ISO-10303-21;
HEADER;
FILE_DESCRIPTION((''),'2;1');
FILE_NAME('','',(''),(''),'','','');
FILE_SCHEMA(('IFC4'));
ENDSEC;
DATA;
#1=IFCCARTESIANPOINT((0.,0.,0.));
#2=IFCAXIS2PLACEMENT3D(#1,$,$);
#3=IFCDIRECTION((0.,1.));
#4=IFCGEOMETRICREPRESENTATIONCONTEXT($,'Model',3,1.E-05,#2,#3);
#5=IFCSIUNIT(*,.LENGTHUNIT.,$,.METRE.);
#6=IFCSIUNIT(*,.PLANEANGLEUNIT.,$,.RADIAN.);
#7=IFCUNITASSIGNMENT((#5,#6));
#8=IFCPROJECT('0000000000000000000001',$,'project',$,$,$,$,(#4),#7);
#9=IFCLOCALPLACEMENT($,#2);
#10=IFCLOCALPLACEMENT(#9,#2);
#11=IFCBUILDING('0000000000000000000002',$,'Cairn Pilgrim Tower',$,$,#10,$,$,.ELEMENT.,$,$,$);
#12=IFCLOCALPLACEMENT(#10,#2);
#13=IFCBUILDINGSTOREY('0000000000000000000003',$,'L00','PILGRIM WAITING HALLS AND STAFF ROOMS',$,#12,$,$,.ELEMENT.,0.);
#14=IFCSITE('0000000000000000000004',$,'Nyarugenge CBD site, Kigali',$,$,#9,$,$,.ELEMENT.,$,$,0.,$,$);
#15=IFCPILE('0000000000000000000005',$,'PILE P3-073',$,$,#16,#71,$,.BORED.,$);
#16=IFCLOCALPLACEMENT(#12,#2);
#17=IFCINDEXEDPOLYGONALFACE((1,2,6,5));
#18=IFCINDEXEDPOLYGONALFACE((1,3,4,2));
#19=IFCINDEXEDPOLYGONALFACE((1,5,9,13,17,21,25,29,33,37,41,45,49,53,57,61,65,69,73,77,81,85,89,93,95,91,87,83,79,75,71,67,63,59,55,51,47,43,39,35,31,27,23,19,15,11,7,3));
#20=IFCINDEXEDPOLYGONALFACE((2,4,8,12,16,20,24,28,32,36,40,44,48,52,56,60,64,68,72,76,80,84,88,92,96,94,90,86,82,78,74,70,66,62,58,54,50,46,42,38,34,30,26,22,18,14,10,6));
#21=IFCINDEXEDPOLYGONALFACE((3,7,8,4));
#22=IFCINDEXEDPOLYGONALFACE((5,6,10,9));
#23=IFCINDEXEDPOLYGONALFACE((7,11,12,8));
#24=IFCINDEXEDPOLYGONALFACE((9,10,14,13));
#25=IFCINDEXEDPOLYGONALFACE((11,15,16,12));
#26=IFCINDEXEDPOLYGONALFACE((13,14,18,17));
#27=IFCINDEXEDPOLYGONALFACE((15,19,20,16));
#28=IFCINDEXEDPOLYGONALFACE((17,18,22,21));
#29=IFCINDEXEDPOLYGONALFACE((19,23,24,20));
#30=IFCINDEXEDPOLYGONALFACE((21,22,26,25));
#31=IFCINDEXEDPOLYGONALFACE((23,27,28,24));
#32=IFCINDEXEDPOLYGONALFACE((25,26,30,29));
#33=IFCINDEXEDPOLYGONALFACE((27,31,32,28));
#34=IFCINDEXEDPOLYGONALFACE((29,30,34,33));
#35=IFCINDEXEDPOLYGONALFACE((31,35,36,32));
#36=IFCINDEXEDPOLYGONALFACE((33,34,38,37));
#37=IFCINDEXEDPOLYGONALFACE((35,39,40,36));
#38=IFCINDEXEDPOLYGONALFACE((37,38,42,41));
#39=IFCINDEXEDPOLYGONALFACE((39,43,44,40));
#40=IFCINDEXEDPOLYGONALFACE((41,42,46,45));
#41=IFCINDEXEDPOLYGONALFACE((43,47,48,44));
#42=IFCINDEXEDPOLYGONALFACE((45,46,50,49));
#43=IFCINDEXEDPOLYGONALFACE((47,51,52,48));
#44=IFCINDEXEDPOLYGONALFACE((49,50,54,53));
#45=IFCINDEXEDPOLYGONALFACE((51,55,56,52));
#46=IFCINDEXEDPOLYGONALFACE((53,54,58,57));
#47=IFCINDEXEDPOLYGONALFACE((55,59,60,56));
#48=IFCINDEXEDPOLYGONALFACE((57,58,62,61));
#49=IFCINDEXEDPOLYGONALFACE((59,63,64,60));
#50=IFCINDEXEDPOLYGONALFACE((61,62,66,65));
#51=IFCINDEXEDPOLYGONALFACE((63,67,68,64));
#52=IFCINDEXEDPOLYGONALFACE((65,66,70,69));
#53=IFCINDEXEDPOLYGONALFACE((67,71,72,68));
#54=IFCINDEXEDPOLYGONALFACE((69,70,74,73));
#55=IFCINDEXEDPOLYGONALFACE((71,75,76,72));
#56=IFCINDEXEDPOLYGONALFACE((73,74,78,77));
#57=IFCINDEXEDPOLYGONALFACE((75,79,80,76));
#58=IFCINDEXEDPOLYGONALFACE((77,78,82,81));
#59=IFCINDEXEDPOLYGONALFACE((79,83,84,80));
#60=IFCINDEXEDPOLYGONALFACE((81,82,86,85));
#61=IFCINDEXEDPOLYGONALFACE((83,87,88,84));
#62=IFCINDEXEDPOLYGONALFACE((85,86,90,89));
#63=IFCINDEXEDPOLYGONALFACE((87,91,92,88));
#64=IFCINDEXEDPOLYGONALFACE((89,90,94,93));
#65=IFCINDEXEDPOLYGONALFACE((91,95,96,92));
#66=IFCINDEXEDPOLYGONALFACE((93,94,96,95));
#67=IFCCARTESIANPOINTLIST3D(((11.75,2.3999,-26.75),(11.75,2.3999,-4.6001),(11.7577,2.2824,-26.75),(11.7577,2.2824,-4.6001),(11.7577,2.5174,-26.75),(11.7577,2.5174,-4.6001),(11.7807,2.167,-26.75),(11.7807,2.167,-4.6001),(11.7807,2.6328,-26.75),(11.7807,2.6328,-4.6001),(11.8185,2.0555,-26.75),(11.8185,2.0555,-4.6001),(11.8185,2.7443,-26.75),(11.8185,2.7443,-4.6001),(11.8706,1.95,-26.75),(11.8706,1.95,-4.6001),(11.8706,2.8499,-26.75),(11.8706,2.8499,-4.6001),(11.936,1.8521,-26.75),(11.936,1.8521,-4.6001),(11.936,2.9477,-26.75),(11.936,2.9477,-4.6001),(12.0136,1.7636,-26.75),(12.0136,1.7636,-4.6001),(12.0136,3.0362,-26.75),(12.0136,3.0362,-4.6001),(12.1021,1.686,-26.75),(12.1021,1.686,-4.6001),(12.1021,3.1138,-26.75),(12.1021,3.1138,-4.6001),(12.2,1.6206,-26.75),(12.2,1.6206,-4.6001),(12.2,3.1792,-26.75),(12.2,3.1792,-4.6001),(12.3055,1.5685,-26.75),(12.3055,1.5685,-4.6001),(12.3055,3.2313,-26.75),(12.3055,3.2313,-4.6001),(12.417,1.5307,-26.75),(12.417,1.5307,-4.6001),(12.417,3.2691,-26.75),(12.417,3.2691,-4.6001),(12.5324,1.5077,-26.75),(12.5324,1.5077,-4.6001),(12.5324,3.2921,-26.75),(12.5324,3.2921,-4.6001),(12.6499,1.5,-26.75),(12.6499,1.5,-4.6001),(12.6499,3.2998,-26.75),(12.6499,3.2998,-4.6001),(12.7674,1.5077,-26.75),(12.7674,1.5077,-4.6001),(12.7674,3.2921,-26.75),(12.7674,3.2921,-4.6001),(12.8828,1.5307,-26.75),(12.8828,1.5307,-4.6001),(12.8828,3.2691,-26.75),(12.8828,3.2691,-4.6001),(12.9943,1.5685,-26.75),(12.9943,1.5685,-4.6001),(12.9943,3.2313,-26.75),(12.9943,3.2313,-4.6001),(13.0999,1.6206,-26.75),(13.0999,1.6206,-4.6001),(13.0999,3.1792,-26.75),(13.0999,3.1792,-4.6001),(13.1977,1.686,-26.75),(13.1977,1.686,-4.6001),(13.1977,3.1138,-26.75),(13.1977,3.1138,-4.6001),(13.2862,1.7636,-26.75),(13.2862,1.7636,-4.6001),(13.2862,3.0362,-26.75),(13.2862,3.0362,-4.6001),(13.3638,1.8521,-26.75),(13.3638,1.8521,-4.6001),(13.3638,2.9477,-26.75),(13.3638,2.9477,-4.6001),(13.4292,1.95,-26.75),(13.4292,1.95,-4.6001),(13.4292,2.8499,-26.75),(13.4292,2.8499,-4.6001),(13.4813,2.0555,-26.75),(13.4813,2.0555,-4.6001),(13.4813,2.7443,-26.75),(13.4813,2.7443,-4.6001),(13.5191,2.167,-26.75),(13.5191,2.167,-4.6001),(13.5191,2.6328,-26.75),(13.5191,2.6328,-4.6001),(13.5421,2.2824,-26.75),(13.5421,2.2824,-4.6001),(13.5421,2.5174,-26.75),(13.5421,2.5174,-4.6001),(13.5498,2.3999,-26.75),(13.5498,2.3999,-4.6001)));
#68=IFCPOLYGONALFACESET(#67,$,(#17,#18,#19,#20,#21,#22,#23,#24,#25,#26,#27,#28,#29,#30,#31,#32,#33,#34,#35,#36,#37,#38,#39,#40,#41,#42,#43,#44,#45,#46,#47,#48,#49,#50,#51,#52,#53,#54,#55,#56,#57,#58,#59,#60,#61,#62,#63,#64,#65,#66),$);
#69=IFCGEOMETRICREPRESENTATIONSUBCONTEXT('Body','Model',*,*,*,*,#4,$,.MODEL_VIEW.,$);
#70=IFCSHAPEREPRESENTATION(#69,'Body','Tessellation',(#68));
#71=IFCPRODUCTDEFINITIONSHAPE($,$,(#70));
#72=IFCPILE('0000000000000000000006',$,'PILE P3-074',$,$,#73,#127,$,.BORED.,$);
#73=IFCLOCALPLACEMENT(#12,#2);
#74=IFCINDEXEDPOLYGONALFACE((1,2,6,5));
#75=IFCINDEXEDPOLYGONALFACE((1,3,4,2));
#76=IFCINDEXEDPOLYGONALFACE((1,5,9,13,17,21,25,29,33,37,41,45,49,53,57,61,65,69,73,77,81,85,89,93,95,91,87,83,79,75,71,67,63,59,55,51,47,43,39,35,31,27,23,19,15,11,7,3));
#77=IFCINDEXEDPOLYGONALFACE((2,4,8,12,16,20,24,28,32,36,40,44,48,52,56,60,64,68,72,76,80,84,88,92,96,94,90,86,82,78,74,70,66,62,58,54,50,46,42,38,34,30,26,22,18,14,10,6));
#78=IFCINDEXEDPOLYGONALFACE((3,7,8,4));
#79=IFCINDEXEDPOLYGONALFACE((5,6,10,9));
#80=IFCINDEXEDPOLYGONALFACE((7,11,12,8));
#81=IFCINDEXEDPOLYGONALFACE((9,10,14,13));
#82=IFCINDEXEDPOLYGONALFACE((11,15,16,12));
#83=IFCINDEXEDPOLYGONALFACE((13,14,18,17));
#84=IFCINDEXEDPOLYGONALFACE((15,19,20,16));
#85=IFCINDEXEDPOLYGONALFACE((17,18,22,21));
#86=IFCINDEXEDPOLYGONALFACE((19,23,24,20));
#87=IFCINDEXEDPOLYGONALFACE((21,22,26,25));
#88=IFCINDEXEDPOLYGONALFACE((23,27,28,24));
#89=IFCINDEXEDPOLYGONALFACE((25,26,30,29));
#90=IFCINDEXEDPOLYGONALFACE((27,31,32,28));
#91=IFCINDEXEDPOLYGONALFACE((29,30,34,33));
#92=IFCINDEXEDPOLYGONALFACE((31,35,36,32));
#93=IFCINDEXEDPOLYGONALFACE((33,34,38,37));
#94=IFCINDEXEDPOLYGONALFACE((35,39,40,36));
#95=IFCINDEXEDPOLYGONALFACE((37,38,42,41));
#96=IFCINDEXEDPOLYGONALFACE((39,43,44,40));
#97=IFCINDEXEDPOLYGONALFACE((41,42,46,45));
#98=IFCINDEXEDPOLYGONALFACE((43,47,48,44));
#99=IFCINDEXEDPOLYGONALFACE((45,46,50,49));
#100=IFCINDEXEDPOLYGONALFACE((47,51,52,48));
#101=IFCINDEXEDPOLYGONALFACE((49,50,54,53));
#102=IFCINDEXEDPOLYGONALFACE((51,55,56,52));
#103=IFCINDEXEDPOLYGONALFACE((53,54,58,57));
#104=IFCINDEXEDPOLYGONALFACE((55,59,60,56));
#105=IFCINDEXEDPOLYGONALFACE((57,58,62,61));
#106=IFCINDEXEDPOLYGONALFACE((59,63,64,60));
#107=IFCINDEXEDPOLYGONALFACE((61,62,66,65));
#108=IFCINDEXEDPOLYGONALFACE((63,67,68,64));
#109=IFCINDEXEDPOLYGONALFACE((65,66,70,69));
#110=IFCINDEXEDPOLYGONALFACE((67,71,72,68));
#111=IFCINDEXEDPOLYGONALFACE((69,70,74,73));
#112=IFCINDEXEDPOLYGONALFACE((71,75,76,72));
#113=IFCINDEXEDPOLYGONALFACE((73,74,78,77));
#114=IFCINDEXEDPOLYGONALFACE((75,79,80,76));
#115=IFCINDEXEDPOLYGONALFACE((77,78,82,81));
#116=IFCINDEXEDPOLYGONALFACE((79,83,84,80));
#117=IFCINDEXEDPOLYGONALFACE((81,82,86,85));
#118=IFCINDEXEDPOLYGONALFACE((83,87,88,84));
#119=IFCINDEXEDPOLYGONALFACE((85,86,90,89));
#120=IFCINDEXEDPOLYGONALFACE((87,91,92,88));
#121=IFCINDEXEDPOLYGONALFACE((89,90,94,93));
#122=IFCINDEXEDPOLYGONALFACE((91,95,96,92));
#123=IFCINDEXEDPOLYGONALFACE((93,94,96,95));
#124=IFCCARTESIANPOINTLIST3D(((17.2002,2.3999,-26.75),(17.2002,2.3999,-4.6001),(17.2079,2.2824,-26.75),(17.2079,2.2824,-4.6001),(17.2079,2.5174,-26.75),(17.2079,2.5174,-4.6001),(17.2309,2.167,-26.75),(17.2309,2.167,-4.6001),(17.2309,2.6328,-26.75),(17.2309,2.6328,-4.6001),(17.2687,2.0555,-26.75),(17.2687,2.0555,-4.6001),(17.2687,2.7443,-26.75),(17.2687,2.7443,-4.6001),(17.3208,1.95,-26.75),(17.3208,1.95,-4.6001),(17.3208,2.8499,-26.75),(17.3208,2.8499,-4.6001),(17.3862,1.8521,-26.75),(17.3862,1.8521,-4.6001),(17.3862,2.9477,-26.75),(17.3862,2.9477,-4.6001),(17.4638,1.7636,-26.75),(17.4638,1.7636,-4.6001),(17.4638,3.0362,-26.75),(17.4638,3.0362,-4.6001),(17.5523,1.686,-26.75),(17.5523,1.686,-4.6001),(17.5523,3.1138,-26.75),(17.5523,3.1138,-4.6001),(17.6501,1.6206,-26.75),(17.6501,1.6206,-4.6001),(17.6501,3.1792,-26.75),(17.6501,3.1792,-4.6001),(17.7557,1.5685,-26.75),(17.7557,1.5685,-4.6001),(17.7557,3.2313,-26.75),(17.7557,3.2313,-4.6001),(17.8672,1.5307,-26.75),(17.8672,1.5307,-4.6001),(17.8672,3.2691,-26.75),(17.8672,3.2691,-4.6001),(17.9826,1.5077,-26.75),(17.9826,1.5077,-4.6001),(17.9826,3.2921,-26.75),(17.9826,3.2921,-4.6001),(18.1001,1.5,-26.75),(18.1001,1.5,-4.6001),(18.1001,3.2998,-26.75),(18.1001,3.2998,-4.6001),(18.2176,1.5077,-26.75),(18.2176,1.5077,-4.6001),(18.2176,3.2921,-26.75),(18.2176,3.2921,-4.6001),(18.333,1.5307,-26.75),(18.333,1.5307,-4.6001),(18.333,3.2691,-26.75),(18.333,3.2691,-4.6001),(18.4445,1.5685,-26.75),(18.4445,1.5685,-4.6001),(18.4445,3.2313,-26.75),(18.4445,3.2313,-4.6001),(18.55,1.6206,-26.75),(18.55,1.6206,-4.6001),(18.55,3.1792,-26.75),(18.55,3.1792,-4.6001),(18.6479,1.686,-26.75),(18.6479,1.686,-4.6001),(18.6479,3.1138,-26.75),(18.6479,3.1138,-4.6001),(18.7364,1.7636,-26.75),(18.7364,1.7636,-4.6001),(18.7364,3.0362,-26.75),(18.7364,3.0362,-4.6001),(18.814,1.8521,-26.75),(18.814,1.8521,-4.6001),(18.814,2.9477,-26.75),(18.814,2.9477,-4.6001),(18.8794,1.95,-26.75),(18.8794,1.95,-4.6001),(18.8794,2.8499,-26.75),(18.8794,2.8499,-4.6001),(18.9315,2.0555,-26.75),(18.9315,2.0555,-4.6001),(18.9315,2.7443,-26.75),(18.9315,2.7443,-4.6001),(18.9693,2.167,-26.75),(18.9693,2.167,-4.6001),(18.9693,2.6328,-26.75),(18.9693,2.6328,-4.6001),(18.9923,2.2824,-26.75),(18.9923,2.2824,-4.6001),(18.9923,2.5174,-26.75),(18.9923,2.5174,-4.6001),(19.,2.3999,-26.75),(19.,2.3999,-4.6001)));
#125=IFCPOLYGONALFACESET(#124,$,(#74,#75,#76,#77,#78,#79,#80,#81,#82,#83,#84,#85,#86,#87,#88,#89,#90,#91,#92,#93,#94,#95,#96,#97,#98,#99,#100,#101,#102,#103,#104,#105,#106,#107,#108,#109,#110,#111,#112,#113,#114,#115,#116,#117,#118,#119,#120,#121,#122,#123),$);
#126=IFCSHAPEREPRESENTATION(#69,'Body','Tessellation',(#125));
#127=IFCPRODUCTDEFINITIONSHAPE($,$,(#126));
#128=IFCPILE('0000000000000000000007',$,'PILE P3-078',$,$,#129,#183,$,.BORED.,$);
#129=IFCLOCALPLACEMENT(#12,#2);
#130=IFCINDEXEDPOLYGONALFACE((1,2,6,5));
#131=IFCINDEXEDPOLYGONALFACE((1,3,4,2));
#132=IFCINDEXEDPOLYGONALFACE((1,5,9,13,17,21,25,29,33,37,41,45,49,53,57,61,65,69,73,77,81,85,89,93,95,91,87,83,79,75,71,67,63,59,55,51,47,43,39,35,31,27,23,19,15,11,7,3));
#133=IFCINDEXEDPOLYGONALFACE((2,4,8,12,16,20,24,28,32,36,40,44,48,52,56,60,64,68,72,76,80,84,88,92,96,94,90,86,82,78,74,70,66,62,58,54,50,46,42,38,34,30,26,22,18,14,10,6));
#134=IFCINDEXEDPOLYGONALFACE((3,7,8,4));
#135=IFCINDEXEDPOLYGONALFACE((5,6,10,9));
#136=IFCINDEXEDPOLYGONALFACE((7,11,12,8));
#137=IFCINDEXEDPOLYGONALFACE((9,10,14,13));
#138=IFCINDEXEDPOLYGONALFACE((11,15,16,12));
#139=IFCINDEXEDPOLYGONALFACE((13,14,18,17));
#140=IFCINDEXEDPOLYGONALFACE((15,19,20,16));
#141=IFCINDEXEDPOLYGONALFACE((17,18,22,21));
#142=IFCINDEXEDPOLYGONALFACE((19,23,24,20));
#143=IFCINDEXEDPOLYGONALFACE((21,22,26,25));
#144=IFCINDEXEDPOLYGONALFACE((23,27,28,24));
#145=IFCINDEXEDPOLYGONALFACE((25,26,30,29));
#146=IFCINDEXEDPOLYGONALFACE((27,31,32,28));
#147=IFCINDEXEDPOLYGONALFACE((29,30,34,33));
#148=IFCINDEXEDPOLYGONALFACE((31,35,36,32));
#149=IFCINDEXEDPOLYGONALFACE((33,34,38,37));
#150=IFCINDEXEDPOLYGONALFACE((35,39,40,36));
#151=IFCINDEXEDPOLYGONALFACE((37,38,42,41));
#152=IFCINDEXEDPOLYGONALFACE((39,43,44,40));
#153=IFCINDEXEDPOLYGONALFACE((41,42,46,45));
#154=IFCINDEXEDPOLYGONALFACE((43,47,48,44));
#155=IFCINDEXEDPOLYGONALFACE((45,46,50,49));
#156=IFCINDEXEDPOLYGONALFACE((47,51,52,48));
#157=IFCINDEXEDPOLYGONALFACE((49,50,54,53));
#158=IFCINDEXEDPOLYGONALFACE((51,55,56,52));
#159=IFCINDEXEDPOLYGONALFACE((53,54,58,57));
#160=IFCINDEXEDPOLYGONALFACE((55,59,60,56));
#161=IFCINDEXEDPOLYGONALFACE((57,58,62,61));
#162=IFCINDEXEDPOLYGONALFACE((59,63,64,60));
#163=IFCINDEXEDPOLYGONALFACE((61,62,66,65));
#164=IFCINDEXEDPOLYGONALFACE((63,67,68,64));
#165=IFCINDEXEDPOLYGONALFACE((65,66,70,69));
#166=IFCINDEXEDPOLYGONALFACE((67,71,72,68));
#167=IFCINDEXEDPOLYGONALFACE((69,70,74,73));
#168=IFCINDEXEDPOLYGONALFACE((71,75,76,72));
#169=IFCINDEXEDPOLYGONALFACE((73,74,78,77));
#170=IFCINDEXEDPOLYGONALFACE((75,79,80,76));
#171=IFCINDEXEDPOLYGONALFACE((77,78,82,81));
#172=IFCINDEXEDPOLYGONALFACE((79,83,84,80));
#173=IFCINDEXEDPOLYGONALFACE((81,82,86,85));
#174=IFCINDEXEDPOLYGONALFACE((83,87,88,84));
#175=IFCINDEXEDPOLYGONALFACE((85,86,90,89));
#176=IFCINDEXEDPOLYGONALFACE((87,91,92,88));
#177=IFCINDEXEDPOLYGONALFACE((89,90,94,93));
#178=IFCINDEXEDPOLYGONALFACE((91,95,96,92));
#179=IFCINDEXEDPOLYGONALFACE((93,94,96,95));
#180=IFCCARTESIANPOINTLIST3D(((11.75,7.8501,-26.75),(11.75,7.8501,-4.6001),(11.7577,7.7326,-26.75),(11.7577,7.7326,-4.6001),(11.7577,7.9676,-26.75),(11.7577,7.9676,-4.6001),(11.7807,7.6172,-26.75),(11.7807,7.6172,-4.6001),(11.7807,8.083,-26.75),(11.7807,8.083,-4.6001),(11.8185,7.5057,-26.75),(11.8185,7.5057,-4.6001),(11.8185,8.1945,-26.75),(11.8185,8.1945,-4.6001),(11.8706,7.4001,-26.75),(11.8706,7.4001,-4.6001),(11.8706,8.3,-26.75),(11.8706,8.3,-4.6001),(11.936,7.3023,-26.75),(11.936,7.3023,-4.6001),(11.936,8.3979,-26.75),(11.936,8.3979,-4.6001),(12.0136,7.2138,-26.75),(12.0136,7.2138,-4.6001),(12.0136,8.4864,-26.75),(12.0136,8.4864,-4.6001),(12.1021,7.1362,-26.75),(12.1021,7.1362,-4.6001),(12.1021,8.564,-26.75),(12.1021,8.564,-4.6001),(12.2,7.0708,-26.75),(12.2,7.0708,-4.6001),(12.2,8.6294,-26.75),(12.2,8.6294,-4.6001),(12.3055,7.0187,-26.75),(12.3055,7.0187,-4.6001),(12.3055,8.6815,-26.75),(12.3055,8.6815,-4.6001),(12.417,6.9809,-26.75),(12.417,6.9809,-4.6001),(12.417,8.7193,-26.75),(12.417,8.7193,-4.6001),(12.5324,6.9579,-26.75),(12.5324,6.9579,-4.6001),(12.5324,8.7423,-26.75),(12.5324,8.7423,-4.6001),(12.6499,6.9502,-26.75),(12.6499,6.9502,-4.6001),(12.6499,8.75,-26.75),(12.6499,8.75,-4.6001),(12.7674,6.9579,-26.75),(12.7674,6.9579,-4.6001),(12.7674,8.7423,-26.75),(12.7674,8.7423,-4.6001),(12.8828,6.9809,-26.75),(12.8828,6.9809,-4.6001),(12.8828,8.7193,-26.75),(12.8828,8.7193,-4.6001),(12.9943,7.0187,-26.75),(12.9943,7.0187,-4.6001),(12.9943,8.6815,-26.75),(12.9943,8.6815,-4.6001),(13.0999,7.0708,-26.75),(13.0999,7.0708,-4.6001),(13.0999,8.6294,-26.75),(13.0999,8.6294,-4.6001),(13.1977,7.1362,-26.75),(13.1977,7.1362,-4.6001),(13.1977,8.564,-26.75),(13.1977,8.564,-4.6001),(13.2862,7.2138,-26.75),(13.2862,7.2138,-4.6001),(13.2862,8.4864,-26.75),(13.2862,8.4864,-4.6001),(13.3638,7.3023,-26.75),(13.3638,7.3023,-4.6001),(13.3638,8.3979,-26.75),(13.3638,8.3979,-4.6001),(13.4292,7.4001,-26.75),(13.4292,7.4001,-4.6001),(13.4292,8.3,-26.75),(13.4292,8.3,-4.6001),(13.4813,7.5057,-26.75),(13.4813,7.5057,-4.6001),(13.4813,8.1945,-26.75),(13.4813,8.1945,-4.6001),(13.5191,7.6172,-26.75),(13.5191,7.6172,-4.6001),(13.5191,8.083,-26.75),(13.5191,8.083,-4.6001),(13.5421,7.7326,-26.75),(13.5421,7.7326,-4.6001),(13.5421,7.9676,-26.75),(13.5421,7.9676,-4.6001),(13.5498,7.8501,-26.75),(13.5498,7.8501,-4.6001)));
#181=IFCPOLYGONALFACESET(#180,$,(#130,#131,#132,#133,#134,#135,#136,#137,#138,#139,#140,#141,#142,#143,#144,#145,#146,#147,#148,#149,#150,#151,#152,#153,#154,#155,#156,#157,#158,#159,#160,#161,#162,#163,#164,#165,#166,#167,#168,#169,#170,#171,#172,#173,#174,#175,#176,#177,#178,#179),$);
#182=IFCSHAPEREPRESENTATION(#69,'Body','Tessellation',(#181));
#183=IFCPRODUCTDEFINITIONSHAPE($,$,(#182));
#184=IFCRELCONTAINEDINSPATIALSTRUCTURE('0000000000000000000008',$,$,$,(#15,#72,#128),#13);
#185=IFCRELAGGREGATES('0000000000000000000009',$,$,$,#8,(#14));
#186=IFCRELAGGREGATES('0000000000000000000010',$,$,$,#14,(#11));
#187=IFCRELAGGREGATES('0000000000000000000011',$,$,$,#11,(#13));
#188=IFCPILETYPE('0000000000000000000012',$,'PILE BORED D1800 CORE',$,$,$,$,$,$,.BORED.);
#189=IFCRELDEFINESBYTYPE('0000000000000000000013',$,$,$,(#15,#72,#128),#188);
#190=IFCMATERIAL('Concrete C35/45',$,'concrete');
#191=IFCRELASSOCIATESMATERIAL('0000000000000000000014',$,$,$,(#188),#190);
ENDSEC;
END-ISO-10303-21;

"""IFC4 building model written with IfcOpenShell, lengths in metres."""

from ifc_helpers import new_model, si_unit, direction, frame, origin, origin_2d, place, context, subcontext, project, spatial, circle, extrude, material, material_profile, profile_set, type_object, element, save


model = new_model("IFC4")

# Units and contexts
model_context = context("Model", 3, precision=1e-05, world=origin(), true_north=direction((0.0, 1.0)))
body_context = subcontext(model_context, "Body", "Model", "MODEL_VIEW")
ifc_project = project(units=[si_unit("LENGTHUNIT", "METRE"), si_unit("PLANEANGLEUNIT", "RADIAN")], contexts=[model_context])

# Site, building, storey
site_placement = place(None, origin())
site = spatial("IfcSite", under=ifc_project, at=site_placement, Name="Nyarugenge CBD site, Kigali", CompositionType="ELEMENT", RefElevation=0.0)
building_placement = place(site_placement, origin())
building = spatial("IfcBuilding", under=site, at=building_placement, Name="Cairn Pilgrim Tower", CompositionType="ELEMENT")
storey_placement = place(building_placement, origin())
storey = spatial("IfcBuildingStorey", under=building, at=storey_placement, Name="L00", Description="PILGRIM WAITING HALLS AND STAFF ROOMS", CompositionType="ELEMENT", Elevation=0.0)

# Piles
ifc_material_1 = material(Name="Concrete C35/45", Category="concrete")
ifc_material_profile_1 = material_profile(ifc_material_1, circle(Radius=0.8999, at=origin_2d()), Name="D1800")
ifc_profile_set_1 = profile_set([ifc_material_profile_1], Name="Concrete C35/45")
pile_type = type_object("IfcPileType", Name="PILE BORED D1800 CORE", PredefinedType="BORED", material=ifc_profile_set_1)
for number, where, z_axis, x_axis, name in (
    (1, (12.6499, 2.3999, -4.6001), (0.0, 0.0, -1.0), (1.0, 0.0, 0.0), "PILE P3-073"),
    (2, (18.1001, 2.3999, -4.6001), (0.0, 0.0, -1.0), (1.0, 0.0, 0.0), "PILE P3-074"),
    (3, (12.6499, 7.8501, -4.6001), (0.0, 0.0, -1.0), (1.0, 0.0, 0.0), "PILE P3-078"),
):
    element("IfcPile", number, at=place(storey_placement, frame(where, z_axis=z_axis, x_axis=x_axis)), inside=storey, type_object=pile_type, Name=name, PredefinedType="BORED", context=body_context, shape_type="SweptSolid", body=[
        extrude(circle(Radius=0.8999, at=origin_2d()), origin(), (0.0, 0.0, 1.0), 22.1499),
    ])

save(model, "model.ifc")
